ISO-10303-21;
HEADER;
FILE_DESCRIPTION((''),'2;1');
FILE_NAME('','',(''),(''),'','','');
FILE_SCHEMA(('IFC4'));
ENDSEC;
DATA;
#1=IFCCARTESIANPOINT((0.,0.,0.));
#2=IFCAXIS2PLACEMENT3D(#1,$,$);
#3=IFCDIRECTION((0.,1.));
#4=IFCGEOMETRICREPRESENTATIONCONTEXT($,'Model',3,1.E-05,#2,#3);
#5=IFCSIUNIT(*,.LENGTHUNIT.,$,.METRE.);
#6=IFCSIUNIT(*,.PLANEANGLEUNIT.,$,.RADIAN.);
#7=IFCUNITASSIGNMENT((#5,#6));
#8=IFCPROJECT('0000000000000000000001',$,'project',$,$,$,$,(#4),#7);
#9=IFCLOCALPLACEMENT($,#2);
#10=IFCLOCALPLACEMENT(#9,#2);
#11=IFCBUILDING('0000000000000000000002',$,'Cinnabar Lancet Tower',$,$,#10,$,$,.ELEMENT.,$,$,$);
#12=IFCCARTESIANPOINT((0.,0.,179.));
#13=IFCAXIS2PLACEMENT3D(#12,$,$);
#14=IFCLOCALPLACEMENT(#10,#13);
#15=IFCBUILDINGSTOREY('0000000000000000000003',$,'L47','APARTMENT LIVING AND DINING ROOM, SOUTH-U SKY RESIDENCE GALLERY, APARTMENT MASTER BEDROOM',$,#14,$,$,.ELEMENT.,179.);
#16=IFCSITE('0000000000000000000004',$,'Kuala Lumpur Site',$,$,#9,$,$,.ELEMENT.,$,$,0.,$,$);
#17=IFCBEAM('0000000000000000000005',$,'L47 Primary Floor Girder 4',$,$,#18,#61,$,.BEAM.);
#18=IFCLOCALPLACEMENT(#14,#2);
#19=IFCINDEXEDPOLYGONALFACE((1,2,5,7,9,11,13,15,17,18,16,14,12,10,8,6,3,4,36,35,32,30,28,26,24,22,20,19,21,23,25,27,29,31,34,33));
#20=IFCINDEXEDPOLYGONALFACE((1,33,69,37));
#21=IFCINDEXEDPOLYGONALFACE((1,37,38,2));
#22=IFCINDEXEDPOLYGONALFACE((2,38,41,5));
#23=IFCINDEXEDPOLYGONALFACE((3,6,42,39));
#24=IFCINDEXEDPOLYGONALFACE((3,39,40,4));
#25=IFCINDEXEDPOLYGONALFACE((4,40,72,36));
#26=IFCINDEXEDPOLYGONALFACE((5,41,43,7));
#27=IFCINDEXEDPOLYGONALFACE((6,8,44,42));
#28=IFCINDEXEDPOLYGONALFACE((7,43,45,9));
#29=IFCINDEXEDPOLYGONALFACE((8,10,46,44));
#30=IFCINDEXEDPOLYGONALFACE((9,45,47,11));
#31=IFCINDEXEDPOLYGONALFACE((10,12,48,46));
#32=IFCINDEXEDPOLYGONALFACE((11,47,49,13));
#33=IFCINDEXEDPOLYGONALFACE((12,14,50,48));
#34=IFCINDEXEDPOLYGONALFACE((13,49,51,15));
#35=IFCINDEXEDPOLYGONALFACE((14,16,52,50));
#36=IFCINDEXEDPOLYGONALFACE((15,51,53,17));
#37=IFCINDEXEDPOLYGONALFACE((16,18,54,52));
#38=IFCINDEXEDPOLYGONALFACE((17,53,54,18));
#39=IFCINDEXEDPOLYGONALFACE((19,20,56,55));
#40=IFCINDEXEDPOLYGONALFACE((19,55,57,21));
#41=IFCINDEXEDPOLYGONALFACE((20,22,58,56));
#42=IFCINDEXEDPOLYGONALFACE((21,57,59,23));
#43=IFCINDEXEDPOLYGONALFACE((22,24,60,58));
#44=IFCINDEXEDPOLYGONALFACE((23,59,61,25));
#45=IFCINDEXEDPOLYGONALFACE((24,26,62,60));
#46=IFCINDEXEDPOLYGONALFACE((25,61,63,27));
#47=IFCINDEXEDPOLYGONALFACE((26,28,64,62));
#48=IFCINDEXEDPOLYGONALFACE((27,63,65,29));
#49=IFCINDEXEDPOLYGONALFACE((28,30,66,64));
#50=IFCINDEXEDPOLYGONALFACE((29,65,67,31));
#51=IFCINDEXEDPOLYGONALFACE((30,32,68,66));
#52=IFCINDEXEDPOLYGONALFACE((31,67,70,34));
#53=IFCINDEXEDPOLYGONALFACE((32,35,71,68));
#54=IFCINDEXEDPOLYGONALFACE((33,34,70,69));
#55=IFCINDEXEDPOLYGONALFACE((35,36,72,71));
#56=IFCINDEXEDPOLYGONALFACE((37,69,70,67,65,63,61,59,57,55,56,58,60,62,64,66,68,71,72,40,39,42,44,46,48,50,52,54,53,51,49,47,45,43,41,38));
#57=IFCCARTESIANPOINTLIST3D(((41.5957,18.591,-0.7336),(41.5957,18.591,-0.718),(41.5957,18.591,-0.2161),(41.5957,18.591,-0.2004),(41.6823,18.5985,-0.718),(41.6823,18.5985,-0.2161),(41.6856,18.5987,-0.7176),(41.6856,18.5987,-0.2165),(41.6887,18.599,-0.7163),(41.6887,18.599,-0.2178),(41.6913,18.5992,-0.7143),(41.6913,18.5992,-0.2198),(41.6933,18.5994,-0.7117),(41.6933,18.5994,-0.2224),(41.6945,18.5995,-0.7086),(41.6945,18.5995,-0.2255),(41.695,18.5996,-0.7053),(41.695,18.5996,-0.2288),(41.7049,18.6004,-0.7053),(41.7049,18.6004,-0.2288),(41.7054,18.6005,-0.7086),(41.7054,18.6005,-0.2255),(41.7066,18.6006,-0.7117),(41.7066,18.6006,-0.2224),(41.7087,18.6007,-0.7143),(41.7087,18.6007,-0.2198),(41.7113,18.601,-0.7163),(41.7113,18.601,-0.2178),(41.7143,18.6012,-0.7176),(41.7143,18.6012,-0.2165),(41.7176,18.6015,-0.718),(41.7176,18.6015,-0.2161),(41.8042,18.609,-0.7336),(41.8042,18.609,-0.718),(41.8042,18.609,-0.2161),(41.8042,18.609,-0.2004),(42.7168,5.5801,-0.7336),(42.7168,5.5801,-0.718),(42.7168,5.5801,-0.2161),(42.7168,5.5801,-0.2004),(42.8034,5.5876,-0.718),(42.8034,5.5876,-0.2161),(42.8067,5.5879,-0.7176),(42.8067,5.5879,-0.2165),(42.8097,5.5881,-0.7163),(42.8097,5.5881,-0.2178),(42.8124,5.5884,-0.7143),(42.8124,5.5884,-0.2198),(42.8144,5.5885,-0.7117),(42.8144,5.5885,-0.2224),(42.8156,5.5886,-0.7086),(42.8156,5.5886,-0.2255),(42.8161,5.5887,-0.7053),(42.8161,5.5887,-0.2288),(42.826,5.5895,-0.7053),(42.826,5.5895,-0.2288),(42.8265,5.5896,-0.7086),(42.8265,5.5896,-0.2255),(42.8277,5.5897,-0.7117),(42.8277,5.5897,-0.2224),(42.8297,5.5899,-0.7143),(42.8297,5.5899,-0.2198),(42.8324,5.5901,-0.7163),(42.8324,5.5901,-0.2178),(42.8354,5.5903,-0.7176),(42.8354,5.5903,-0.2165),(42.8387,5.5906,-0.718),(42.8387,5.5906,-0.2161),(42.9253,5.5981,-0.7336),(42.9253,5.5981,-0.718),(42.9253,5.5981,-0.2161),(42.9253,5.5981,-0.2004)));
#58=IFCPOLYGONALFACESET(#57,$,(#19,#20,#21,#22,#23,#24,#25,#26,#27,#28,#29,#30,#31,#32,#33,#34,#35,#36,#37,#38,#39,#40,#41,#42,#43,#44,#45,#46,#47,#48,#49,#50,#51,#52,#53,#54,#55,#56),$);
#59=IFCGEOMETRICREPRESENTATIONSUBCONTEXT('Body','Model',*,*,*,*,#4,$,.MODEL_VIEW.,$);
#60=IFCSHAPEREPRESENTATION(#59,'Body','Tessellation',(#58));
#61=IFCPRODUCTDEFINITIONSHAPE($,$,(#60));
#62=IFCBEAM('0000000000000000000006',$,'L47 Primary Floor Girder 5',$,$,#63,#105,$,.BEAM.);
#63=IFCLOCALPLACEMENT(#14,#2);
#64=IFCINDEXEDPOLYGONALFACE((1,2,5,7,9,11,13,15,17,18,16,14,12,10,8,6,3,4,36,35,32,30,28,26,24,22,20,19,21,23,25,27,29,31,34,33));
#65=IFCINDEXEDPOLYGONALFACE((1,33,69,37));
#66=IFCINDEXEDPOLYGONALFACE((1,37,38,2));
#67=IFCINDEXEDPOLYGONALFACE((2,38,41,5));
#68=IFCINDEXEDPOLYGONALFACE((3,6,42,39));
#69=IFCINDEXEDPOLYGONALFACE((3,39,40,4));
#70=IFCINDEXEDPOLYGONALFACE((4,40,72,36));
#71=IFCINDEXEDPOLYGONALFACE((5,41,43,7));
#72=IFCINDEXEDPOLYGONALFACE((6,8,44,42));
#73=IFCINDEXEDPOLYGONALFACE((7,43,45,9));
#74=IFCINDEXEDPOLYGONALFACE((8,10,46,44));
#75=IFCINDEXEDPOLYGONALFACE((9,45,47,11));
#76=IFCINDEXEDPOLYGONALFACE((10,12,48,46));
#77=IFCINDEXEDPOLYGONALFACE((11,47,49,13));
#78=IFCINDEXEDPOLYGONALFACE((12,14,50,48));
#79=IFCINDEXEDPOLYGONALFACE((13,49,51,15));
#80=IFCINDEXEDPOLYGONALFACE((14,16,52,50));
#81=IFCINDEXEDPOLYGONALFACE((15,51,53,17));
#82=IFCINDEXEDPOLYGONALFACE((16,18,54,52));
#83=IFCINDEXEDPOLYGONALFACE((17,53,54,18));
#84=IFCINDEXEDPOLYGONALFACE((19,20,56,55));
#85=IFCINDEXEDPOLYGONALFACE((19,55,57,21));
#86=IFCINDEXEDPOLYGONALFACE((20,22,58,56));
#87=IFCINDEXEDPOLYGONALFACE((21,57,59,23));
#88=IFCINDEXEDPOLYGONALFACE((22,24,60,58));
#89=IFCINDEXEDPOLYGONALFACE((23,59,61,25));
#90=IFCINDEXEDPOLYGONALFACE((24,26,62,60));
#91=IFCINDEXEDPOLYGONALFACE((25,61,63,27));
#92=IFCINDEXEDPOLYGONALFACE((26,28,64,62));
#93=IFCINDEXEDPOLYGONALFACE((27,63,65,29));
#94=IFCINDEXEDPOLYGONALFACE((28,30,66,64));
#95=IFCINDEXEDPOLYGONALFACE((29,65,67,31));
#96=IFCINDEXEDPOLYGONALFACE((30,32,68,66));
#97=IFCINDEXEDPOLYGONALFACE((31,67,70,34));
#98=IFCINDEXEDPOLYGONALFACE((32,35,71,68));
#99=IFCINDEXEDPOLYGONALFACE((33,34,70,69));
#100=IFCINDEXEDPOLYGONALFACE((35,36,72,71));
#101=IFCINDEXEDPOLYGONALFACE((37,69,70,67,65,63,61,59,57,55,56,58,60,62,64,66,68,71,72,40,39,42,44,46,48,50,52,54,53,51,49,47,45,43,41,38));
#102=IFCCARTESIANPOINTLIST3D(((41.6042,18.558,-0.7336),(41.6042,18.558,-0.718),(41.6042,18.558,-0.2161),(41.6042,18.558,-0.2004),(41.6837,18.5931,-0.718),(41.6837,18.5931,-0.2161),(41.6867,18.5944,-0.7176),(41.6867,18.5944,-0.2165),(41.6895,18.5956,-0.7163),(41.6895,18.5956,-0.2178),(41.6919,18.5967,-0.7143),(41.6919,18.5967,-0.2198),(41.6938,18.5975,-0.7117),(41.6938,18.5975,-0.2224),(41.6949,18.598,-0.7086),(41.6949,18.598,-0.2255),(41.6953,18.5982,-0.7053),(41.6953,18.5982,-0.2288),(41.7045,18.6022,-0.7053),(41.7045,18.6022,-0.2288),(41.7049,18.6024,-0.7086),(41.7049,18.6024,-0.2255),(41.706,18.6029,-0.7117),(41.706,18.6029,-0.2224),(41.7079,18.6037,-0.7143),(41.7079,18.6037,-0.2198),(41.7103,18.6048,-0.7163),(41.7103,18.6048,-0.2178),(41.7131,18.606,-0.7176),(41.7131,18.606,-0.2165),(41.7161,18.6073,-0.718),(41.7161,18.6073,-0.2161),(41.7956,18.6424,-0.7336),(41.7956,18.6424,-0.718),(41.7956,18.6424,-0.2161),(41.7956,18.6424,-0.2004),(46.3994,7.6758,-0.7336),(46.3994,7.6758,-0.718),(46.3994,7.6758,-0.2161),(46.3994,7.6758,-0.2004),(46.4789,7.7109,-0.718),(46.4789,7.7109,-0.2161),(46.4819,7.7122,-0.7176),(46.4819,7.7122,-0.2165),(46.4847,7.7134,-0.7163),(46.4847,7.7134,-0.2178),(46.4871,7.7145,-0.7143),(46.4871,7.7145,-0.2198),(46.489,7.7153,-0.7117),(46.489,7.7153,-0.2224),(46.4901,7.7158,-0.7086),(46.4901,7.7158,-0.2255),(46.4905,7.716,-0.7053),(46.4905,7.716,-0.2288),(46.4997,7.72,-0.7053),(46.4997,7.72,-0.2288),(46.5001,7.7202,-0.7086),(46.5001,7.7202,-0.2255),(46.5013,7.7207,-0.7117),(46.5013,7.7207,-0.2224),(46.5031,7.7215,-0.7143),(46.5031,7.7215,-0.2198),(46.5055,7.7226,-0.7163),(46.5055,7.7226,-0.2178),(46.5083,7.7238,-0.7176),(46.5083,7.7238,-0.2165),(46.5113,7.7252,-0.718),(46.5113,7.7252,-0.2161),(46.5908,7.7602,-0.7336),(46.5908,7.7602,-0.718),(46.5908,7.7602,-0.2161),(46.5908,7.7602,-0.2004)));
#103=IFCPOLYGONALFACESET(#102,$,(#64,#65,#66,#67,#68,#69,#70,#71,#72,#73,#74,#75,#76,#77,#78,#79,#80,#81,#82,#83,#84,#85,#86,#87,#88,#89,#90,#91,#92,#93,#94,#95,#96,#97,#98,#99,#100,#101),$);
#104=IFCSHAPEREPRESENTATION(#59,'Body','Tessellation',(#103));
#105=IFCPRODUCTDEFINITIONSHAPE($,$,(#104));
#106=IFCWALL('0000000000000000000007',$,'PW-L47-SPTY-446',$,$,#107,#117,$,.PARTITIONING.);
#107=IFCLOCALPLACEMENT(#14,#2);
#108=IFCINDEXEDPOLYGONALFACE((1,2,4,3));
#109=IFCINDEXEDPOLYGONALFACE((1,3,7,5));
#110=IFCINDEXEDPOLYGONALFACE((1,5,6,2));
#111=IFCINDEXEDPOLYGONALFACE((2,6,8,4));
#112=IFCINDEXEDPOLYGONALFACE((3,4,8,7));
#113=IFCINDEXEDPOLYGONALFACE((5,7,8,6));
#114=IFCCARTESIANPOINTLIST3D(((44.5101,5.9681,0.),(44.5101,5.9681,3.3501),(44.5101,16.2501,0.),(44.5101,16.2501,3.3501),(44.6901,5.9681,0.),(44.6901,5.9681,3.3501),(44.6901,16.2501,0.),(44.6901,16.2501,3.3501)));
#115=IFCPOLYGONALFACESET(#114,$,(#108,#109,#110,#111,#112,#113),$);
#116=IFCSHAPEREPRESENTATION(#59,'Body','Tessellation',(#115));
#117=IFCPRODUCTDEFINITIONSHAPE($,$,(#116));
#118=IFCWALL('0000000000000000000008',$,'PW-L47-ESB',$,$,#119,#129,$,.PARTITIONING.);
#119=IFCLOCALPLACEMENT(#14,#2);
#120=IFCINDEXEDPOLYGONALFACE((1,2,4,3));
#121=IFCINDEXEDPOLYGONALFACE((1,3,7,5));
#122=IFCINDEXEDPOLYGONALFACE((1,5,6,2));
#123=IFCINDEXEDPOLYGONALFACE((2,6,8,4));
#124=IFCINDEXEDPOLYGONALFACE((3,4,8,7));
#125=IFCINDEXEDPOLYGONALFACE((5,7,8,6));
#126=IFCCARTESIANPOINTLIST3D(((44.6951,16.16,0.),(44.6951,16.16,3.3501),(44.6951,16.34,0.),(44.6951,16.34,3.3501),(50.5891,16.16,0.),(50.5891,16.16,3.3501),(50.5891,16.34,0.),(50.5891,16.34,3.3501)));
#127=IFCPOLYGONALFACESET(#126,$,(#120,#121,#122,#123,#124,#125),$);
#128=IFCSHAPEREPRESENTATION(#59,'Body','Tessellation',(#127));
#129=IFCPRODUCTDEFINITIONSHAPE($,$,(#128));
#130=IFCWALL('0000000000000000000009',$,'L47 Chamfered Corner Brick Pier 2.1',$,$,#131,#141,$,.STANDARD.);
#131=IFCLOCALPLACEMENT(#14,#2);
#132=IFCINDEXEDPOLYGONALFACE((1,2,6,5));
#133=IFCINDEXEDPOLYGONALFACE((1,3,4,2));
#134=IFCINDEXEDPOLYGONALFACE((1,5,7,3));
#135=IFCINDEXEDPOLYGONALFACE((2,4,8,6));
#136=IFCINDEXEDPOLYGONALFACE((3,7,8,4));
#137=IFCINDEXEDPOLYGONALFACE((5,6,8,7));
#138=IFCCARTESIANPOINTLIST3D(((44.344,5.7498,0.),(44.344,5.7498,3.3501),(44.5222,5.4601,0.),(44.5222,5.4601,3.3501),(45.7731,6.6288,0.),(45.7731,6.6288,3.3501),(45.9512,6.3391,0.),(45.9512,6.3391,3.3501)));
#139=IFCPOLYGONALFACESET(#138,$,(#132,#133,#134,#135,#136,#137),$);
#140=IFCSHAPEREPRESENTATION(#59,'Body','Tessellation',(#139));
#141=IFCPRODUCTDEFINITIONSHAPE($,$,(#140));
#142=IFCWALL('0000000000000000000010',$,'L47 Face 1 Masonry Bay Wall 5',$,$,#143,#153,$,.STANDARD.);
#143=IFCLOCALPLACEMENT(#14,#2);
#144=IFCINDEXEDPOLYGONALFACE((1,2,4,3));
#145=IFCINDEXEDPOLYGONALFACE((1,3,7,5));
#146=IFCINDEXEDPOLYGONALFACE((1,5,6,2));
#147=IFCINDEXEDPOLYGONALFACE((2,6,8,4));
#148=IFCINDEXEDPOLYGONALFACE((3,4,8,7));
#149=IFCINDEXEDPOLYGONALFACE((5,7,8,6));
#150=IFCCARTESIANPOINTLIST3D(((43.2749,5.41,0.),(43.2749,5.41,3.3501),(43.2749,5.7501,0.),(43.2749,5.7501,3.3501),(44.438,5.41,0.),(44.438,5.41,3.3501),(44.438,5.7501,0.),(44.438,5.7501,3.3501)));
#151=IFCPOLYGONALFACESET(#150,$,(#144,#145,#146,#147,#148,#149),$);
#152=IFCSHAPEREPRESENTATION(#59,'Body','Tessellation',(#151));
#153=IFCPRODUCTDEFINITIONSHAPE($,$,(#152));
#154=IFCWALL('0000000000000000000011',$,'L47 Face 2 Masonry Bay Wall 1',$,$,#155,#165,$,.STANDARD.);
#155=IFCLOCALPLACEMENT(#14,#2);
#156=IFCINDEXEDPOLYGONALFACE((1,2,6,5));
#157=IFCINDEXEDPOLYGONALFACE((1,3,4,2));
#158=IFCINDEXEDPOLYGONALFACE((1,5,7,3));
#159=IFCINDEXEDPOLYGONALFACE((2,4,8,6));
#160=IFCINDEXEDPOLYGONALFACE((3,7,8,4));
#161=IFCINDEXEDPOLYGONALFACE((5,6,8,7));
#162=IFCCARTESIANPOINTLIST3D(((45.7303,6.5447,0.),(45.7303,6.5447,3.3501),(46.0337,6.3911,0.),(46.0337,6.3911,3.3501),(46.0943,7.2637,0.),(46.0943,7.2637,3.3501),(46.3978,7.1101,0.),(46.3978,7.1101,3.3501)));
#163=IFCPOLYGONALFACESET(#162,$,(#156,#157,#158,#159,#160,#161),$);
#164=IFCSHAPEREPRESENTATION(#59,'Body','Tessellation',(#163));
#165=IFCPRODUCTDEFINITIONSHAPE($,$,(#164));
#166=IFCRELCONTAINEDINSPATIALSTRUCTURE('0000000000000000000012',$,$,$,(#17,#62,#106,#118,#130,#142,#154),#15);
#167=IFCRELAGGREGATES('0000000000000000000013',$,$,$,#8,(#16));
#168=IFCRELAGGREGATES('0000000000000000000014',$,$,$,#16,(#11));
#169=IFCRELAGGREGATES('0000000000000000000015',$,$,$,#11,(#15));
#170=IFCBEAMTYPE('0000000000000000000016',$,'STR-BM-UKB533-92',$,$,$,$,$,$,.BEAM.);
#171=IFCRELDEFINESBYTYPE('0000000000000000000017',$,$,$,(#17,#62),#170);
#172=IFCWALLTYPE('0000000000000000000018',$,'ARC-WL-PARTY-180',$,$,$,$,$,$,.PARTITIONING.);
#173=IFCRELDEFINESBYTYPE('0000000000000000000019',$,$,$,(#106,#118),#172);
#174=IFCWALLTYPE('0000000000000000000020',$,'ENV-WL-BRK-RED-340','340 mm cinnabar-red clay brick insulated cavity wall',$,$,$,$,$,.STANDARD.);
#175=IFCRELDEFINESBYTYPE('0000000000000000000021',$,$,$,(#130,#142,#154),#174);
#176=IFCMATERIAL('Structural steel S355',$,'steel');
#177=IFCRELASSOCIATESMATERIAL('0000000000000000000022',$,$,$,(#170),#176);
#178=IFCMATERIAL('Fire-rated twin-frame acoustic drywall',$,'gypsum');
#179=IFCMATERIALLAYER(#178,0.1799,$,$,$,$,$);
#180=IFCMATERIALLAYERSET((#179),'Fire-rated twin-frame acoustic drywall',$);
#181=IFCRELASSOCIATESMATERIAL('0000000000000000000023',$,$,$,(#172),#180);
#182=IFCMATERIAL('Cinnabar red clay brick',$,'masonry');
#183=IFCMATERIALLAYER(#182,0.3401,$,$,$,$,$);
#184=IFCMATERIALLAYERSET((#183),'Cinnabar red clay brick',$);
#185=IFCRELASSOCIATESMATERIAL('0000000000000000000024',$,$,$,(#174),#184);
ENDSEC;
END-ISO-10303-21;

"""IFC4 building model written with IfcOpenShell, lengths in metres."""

from ifc_helpers import new_model, si_unit, direction, frame, frame_2d, origin, origin_2d, place, context, subcontext, project, spatial, rectangle, i_section, extrude, material, layer, layer_set, material_profile, profile_set, type_object, element, save


model = new_model("IFC4")

# Units and contexts
model_context = context("Model", 3, precision=1e-05, world=origin(), true_north=direction((0.0, 1.0)))
body_context = subcontext(model_context, "Body", "Model", "MODEL_VIEW")
ifc_project = project(units=[si_unit("LENGTHUNIT", "METRE"), si_unit("PLANEANGLEUNIT", "RADIAN")], contexts=[model_context])

# Site, building, storey
site_placement = place(None, origin())
site = spatial("IfcSite", under=ifc_project, at=site_placement, Name="Kuala Lumpur Site", CompositionType="ELEMENT", RefElevation=0.0)
building_placement = place(site_placement, origin())
building = spatial("IfcBuilding", under=site, at=building_placement, Name="Cinnabar Lancet Tower", CompositionType="ELEMENT")
storey_placement = place(building_placement, frame((0.0, 0.0, 179.0)))
storey = spatial("IfcBuildingStorey", under=building, at=storey_placement, Name="L47", Description="APARTMENT LIVING AND DINING ROOM, SOUTH-U SKY RESIDENCE GALLERY, APARTMENT MASTER BEDROOM", CompositionType="ELEMENT", Elevation=179.0)

# Beams
ifc_material_1 = material(Name="Structural steel S355", Category="steel")
ifc_material_profile_1 = material_profile(ifc_material_1, i_section(OverallWidth=0.2092, OverallDepth=0.5332, WebThickness=0.01, FlangeThickness=0.0156, FilletRadius=0.0127, at=origin_2d()), Name="UKB 533x210x92")
ifc_profile_set_1 = profile_set([ifc_material_profile_1], Name="Structural steel S355")
beam_type_1 = type_object("IfcBeamType", Name="STR-BM-UKB533-92", PredefinedType="BEAM", material=ifc_profile_set_1)
beam_1_placement = place(storey_placement, frame((42.821, 5.5891, -0.467), z_axis=(-0.085847, 0.996308, 0.0), x_axis=(-0.996308, -0.085847, 0.0)))
element("IfcBeam", 1, at=beam_1_placement, inside=storey, type_object=beam_type_1, Name="L47 Primary Floor Girder 4", PredefinedType="BEAM", context=body_context, shape_type="SweptSolid", body=[
    extrude(i_section(OverallWidth=0.2092, OverallDepth=0.5332, WebThickness=0.01, FlangeThickness=0.0156, FilletRadius=0.0127, at=origin_2d()), origin(), (0.0, 0.0, 1.0), 13.0591),
])
beam_2_placement = place(storey_placement, frame((46.4951, 7.718, -0.467), z_axis=(-0.403235, 0.915096, 0.0), x_axis=(-0.915096, -0.403235, 0.0)))
element("IfcBeam", 2, at=beam_2_placement, inside=storey, type_object=beam_type_1, Name="L47 Primary Floor Girder 5", PredefinedType="BEAM", context=body_context, shape_type="SweptSolid", body=[
    extrude(i_section(OverallWidth=0.2092, OverallDepth=0.5332, WebThickness=0.01, FlangeThickness=0.0156, FilletRadius=0.0127, at=origin_2d()), origin(), (0.0, 0.0, 1.0), 11.8918),
])

# Walls
ifc_material_2 = material(Name="Fire-rated twin-frame acoustic drywall", Category="gypsum")
ifc_layer_1 = layer(ifc_material_2, 0.1799)
ifc_layer_set_1 = layer_set([ifc_layer_1], Name="Fire-rated twin-frame acoustic drywall")
wall_type_1 = type_object("IfcWallType", Name="ARC-WL-PARTY-180", PredefinedType="PARTITIONING", material=ifc_layer_set_1)
wall_1_placement = place(storey_placement, frame((44.6001, 5.968, 0.0), z_axis=(0.0, 0.0, 1.0), x_axis=(0.0, 1.0, 0.0)))
element("IfcWall", 3, at=wall_1_placement, inside=storey, type_object=wall_type_1, Name="PW-L47-SPTY-446", PredefinedType="PARTITIONING", context=body_context, shape_type="SweptSolid", body=[
    extrude(rectangle(XDim=10.282, YDim=0.1799, at=frame_2d((5.1411, 0.0))), origin(), (0.0, 0.0, 1.0), 3.3501),
])
wall_2_placement = place(storey_placement, frame((44.6951, 16.25, 0.0), z_axis=(0.0, 0.0, 1.0), x_axis=(1.0, 0.0, 0.0)))
element("IfcWall", 4, at=wall_2_placement, inside=storey, type_object=wall_type_1, Name="PW-L47-ESB", PredefinedType="PARTITIONING", context=body_context, shape_type="SweptSolid", body=[
    extrude(rectangle(XDim=5.894, YDim=0.1799, at=frame_2d((2.947, 0.0))), origin(), (0.0, 0.0, 1.0), 3.3501),
])
ifc_material_3 = material(Name="Cinnabar red clay brick", Category="masonry")
ifc_layer_2 = layer(ifc_material_3, 0.3401)
ifc_layer_set_2 = layer_set([ifc_layer_2], Name="Cinnabar red clay brick")
wall_type_2 = type_object("IfcWallType", Name="ENV-WL-BRK-RED-340", Description="340 mm cinnabar-red clay brick insulated cavity wall", PredefinedType="STANDARD", material=ifc_layer_set_2)
wall_3_placement = place(storey_placement, frame((44.4331, 5.605, 0.0), z_axis=(0.0, 0.0, 1.0), x_axis=(0.851778, 0.523903, 0.0)))
element("IfcWall", 5, at=wall_3_placement, inside=storey, type_object=wall_type_2, Name="L47 Chamfered Corner Brick Pier 2.1", PredefinedType="STANDARD", context=body_context, shape_type="SweptSolid", body=[
    extrude(rectangle(XDim=1.6777, YDim=0.3401, at=frame_2d((0.8389, 0.0))), origin(), (0.0, 0.0, 1.0), 3.3501),
])
wall_4_placement = place(storey_placement, frame((43.2749, 5.5801, 0.0), z_axis=(0.0, 0.0, 1.0), x_axis=(1.0, 0.0, 0.0)))
element("IfcWall", 6, at=wall_4_placement, inside=storey, type_object=wall_type_2, Name="L47 Face 1 Masonry Bay Wall 5", PredefinedType="STANDARD", context=body_context, shape_type="SweptSolid", body=[
    extrude(rectangle(XDim=1.1631, YDim=0.3401, at=frame_2d((0.5815, 0.0))), origin(), (0.0, 0.0, 1.0), 3.3501),
])
wall_5_placement = place(storey_placement, frame((45.8821, 6.468, 0.0), z_axis=(0.0, 0.0, 1.0), x_axis=(0.451692, 0.892174, 0.0)))
element("IfcWall", 7, at=wall_5_placement, inside=storey, type_object=wall_type_2, Name="L47 Face 2 Masonry Bay Wall 1", PredefinedType="STANDARD", context=body_context, shape_type="SweptSolid", body=[
    extrude(rectangle(XDim=0.8059, YDim=0.3401, at=frame_2d((0.4028, 0.0))), origin(), (0.0, 0.0, 1.0), 3.3501),
])

save(model, "model.ifc")
